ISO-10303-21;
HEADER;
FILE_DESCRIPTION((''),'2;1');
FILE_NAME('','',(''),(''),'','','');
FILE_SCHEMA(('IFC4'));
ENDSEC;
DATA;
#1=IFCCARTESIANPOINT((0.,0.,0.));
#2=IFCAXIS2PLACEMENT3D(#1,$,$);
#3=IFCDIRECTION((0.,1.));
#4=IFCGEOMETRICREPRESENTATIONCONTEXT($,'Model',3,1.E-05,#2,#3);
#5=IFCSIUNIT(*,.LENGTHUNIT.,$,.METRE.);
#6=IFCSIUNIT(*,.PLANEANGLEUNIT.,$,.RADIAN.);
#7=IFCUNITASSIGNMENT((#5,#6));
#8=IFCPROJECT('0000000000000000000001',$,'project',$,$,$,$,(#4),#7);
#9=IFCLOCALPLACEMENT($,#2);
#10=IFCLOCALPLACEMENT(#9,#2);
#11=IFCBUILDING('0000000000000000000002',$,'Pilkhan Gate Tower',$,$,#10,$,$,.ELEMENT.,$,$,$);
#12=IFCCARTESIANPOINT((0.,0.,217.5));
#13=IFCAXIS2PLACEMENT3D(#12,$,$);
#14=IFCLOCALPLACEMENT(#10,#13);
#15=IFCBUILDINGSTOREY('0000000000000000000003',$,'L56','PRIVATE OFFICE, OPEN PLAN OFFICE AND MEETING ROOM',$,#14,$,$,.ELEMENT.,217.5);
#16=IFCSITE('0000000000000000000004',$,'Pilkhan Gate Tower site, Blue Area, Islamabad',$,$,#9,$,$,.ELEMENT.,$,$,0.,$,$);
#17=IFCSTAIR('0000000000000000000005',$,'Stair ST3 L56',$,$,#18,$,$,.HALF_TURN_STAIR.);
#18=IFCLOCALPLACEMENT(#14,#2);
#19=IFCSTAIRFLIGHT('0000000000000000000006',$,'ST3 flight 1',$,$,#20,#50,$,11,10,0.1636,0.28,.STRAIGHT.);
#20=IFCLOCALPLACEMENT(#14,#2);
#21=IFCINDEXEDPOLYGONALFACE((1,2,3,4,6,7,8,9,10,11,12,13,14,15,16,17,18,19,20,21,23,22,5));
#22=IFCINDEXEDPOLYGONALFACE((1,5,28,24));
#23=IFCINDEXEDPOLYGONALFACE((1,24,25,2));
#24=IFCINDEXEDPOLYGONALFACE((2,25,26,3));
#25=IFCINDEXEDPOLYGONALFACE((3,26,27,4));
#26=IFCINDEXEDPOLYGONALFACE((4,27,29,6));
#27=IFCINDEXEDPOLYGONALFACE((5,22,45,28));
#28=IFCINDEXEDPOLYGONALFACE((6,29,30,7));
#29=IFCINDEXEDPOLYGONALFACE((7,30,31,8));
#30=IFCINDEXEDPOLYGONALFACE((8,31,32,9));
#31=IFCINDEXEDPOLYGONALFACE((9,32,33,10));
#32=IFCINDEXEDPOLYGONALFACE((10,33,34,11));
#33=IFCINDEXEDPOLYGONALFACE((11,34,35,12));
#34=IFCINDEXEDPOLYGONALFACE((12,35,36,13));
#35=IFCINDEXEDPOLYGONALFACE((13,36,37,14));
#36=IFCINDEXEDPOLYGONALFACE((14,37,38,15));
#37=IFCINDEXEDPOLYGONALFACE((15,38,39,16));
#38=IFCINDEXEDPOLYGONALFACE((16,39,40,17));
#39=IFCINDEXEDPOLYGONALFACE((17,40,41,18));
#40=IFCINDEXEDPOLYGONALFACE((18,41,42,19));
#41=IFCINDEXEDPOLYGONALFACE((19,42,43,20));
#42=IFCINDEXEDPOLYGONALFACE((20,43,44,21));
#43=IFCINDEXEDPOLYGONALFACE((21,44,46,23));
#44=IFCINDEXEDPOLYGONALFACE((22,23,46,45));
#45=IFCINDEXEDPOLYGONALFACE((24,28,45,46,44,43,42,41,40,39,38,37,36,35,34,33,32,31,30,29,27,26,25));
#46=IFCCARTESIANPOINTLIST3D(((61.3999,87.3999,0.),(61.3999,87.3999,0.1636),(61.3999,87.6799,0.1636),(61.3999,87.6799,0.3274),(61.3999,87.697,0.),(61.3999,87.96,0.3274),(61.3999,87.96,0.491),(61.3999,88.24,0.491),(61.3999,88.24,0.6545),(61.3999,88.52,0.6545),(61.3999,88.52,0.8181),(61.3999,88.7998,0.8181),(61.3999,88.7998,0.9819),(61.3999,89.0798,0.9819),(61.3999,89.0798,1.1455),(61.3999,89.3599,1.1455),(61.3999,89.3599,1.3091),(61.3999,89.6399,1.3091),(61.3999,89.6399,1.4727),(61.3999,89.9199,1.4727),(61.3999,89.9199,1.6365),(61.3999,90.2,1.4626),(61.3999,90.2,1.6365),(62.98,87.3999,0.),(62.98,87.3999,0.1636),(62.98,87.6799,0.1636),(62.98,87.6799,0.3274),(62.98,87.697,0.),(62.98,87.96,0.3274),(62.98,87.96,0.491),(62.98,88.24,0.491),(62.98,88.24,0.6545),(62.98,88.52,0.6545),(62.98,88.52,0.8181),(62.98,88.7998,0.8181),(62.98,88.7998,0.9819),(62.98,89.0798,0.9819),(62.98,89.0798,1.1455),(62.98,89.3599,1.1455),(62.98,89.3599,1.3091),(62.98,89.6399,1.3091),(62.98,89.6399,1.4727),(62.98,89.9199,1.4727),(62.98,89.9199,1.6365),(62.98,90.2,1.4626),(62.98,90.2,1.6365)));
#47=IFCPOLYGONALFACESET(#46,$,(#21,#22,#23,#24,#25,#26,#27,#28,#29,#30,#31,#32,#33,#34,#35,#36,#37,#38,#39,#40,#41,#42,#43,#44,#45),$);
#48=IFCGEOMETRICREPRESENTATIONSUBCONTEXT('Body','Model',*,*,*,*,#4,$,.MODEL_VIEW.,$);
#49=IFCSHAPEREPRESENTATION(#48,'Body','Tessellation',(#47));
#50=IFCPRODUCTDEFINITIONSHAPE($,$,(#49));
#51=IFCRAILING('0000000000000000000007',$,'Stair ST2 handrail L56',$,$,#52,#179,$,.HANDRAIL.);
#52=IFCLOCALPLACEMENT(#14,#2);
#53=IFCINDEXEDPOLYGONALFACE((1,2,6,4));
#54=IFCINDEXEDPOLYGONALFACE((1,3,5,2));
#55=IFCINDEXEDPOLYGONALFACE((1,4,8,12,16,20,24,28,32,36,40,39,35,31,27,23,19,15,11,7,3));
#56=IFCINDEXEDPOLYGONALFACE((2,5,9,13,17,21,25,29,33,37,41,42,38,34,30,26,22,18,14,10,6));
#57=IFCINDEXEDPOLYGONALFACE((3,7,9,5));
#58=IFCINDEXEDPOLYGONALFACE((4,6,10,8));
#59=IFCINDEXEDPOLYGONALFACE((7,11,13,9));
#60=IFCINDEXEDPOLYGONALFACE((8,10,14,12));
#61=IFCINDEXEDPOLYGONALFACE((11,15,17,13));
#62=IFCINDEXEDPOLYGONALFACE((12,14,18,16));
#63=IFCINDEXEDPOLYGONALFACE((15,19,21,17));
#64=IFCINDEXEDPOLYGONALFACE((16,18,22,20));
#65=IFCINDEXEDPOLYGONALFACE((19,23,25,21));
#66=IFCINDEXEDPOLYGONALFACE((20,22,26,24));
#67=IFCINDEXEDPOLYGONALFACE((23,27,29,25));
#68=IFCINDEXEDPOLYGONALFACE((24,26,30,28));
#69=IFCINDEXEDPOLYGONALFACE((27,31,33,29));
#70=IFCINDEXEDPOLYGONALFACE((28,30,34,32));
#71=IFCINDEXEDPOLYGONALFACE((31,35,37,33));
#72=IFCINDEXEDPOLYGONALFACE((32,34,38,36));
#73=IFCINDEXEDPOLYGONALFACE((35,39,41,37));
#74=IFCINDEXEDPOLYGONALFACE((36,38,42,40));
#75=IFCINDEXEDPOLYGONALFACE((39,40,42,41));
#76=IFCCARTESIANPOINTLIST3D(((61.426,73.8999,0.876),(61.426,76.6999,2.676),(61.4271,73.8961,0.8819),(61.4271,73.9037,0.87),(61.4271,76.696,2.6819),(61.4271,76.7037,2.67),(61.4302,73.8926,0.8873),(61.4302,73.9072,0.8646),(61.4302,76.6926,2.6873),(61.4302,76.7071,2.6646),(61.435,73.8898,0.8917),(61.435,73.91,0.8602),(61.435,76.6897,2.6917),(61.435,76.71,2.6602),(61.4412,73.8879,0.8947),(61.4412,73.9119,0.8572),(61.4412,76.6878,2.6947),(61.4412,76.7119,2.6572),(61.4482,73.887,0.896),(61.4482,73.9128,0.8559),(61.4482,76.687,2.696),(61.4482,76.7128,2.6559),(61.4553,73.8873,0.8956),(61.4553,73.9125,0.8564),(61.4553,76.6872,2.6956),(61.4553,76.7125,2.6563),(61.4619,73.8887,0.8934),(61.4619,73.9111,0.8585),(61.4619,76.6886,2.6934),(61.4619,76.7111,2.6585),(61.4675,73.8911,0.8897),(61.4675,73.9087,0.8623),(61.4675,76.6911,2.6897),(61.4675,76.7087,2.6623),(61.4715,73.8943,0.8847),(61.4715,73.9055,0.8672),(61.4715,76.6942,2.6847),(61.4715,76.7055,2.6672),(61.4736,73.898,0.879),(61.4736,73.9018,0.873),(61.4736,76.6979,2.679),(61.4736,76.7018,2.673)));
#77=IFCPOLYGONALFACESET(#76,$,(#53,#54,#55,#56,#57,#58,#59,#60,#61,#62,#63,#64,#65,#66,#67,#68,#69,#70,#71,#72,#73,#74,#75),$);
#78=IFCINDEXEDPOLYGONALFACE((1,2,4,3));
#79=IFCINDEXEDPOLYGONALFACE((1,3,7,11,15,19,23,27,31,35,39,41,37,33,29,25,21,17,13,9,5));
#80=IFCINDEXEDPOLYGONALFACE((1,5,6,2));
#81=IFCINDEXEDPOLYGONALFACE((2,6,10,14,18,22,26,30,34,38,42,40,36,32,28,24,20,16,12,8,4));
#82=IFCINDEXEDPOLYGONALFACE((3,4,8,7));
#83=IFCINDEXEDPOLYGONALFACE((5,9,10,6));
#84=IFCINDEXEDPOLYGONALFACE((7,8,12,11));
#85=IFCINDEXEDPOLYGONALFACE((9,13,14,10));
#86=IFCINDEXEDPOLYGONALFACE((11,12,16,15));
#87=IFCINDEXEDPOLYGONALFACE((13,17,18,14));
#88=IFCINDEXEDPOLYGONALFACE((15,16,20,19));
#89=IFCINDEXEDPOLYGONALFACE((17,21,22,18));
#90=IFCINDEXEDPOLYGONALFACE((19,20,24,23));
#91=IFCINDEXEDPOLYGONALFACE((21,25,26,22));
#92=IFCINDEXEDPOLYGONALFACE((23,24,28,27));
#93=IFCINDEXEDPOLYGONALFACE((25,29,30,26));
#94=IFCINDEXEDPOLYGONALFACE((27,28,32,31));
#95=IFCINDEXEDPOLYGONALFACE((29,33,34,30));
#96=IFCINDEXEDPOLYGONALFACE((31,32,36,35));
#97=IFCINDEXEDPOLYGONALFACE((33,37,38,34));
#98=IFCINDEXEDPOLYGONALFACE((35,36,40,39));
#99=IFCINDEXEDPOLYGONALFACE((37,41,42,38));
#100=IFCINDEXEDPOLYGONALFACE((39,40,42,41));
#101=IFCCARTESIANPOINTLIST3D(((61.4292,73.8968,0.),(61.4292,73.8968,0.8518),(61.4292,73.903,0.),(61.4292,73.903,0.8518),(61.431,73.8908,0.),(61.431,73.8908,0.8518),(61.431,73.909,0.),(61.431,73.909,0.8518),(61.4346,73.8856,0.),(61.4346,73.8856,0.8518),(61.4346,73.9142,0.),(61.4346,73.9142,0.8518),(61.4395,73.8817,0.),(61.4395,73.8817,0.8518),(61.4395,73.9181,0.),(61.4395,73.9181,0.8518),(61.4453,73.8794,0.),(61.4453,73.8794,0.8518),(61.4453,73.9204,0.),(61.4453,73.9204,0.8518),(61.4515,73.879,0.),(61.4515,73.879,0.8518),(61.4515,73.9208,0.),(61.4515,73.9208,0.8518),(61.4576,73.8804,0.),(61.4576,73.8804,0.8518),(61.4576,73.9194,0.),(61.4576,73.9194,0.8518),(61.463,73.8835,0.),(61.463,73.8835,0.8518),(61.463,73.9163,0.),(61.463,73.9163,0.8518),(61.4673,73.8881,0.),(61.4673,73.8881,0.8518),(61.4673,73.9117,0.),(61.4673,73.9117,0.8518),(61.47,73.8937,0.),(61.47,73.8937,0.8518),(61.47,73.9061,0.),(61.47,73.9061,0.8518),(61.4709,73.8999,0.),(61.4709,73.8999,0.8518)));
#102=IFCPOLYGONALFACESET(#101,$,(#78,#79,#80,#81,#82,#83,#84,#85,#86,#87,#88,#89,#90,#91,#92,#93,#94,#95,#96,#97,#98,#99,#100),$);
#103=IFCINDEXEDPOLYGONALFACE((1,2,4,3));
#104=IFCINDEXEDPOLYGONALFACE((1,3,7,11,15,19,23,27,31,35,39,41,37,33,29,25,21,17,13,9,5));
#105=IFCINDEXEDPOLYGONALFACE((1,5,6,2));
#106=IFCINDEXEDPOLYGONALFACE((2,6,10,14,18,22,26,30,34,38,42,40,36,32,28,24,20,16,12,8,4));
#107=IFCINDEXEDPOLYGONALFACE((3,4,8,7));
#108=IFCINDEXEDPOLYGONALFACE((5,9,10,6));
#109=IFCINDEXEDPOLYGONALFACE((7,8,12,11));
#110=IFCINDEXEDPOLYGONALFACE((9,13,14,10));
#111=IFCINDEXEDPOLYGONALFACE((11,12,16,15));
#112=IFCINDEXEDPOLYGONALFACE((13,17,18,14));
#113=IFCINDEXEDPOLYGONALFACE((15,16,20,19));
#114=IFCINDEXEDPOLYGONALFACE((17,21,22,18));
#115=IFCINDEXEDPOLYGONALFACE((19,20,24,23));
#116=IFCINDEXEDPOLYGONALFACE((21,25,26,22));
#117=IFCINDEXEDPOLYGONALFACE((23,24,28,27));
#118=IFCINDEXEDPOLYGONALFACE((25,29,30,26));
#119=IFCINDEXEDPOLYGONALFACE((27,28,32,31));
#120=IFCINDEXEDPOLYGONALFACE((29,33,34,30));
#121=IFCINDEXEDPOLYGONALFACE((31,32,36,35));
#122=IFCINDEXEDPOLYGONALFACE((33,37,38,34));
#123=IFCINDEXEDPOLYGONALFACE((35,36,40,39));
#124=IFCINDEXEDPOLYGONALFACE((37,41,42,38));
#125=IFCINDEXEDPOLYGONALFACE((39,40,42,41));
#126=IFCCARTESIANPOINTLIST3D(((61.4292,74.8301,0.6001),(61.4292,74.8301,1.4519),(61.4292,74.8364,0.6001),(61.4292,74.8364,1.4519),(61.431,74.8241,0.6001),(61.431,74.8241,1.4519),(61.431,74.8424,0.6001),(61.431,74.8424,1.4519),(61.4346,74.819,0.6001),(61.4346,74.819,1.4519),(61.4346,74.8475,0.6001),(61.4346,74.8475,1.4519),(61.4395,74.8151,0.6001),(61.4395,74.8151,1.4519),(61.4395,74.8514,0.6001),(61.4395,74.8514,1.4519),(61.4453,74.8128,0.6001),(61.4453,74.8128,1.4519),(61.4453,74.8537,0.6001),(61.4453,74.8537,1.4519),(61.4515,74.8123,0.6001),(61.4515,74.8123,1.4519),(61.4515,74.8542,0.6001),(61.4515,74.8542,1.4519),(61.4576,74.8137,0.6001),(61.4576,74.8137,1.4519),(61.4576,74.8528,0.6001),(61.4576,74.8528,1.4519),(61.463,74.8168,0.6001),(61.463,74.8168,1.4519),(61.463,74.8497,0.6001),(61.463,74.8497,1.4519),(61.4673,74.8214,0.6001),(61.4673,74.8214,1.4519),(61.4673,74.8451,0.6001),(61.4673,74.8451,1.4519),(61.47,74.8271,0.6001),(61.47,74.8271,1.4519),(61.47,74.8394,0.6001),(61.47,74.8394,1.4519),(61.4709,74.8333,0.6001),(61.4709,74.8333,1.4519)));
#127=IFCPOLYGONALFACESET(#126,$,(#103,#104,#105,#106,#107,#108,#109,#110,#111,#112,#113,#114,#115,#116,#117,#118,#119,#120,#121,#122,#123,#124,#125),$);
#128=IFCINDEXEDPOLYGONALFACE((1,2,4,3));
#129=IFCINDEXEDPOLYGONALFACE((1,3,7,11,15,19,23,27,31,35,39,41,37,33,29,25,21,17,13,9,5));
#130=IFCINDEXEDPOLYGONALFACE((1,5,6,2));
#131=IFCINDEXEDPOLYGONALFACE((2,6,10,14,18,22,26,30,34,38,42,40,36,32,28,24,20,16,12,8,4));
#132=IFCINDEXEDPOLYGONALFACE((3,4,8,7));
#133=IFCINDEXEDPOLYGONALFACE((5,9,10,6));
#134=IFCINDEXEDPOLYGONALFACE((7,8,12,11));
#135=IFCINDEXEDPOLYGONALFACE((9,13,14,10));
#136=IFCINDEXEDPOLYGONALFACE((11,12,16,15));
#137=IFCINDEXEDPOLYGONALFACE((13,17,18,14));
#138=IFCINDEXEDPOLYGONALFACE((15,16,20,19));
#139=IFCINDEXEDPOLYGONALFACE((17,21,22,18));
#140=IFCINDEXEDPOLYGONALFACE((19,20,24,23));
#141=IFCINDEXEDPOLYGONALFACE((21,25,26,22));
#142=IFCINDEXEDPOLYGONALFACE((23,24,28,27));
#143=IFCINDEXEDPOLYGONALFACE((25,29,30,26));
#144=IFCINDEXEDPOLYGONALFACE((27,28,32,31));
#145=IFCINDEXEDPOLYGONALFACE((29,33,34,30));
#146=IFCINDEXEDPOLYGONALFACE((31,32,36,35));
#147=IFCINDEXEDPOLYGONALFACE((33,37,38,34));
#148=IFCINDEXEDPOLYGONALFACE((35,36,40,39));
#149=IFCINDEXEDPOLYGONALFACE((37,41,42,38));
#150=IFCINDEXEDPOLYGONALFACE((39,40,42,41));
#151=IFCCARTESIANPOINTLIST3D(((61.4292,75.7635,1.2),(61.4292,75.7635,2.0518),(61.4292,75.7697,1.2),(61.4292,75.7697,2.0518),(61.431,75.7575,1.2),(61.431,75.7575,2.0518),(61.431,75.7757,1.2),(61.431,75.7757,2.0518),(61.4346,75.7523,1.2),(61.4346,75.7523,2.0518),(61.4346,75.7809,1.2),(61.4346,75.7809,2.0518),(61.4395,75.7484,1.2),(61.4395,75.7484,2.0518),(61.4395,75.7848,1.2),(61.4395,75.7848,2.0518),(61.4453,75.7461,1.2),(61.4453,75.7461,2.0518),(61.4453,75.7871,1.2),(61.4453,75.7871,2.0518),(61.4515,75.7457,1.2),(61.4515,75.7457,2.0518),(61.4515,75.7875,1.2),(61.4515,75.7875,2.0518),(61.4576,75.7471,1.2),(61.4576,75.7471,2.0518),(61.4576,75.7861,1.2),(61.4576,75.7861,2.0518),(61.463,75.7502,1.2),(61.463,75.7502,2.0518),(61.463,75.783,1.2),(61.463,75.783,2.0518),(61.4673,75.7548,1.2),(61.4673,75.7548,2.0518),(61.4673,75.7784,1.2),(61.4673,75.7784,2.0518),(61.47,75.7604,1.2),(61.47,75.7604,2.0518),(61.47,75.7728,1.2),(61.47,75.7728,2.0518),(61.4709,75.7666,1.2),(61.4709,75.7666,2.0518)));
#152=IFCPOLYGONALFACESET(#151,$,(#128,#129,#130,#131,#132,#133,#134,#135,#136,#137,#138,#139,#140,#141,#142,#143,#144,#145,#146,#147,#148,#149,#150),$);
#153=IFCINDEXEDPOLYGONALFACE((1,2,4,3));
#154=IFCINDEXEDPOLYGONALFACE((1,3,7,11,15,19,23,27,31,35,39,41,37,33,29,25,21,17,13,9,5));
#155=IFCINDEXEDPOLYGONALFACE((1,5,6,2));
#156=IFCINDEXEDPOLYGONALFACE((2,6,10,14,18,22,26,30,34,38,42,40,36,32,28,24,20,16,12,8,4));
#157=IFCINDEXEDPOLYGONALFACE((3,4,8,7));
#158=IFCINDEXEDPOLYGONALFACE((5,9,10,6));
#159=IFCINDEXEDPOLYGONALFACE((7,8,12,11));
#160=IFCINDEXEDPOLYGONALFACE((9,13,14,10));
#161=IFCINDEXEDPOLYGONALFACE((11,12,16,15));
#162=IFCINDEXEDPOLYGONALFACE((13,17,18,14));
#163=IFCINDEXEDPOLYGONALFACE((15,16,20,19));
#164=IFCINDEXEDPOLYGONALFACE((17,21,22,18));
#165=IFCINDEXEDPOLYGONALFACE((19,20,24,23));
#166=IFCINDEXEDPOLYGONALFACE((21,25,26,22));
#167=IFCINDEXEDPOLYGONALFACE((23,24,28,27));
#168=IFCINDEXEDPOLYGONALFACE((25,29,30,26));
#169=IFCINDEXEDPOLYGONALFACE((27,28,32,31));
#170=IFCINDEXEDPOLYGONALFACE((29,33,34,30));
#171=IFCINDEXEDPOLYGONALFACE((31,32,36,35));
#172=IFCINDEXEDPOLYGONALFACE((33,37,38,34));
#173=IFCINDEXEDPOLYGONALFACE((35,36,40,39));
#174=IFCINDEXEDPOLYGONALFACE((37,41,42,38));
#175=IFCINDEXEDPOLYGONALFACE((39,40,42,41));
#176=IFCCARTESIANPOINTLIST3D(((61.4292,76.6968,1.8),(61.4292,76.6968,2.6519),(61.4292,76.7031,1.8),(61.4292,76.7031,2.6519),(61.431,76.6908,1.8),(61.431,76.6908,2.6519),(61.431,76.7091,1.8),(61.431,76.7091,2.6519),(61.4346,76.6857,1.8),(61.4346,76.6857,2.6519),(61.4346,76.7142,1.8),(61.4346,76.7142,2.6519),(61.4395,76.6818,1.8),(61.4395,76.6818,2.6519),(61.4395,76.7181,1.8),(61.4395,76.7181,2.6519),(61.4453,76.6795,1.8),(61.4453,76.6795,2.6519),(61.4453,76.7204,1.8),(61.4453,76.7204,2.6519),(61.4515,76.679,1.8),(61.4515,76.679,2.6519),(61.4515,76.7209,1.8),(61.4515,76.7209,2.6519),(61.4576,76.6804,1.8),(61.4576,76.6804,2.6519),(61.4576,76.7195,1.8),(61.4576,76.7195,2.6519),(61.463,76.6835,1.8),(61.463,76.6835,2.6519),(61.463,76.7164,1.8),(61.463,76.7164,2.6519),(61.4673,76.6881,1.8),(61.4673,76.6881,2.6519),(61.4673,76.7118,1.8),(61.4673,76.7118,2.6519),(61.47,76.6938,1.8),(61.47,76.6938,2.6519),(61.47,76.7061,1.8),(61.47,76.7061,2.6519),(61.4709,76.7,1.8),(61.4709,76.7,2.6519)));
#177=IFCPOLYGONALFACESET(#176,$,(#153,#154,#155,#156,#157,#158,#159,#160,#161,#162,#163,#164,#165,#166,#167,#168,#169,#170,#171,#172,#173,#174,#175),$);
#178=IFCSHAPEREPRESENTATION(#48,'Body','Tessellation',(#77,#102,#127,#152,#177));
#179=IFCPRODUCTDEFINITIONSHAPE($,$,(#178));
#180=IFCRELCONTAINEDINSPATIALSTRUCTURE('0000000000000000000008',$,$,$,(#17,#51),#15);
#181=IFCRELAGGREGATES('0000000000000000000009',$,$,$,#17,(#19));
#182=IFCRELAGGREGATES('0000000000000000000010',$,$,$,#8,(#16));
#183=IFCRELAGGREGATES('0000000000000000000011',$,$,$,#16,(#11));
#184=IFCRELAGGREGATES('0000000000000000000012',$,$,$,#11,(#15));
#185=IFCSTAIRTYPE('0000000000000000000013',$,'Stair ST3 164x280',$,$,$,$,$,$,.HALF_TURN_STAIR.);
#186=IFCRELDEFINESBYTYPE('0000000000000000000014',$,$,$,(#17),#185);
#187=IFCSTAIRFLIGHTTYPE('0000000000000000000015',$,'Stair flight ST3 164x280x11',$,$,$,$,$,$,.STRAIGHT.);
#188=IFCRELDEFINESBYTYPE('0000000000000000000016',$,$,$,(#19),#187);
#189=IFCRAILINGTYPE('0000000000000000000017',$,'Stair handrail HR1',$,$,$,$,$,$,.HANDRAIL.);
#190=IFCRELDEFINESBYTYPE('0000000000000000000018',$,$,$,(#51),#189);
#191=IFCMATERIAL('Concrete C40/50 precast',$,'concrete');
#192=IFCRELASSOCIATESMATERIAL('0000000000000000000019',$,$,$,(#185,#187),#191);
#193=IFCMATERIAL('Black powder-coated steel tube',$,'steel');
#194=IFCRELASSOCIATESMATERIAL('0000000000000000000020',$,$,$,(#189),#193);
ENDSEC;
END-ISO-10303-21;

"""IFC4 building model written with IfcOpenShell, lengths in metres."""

from ifc_helpers import new_model, si_unit, direction, frame, origin, origin_2d, place, context, subcontext, project, spatial, polyline, circle, outline, extrude, material, type_object, element, aggregate, save


model = new_model("IFC4")

# Units and contexts
model_context = context("Model", 3, precision=1e-05, world=origin(), true_north=direction((0.0, 1.0)))
body_context = subcontext(model_context, "Body", "Model", "MODEL_VIEW")
ifc_project = project(units=[si_unit("LENGTHUNIT", "METRE"), si_unit("PLANEANGLEUNIT", "RADIAN")], contexts=[model_context])

# Site, building, storey
site_placement = place(None, origin())
site = spatial("IfcSite", under=ifc_project, at=site_placement, Name="Pilkhan Gate Tower site, Blue Area, Islamabad", CompositionType="ELEMENT", RefElevation=0.0)
building_placement = place(site_placement, origin())
building = spatial("IfcBuilding", under=site, at=building_placement, Name="Pilkhan Gate Tower", CompositionType="ELEMENT")
storey_placement = place(building_placement, frame((0.0, 0.0, 217.5)))
storey = spatial("IfcBuildingStorey", under=building, at=storey_placement, Name="L56", Description="PRIVATE OFFICE, OPEN PLAN OFFICE AND MEETING ROOM", CompositionType="ELEMENT", Elevation=217.5)

# Shared definitions
ifc_material_1 = material(Name="Concrete C40/50 precast", Category="concrete")

# Stair, stair flight
stair_type_1 = type_object("IfcStairType", Name="Stair ST3 164x280", PredefinedType="HALF_TURN_STAIR", material=ifc_material_1)
stair_1_placement = place(storey_placement, origin())
stair_1 = element("IfcStair", 1, at=stair_1_placement, inside=storey, type_object=stair_type_1, Name="Stair ST3 L56", PredefinedType="HALF_TURN_STAIR")
stair_flight_type_1 = type_object("IfcStairFlightType", Name="Stair flight ST3 164x280x11", PredefinedType="STRAIGHT", material=ifc_material_1)
stair_flight_1_placement = place(storey_placement, frame((62.1899, 87.3999, 0.0), z_axis=(0.0, 0.0, 1.0), x_axis=(0.0, 1.0, 0.0)))
stair_flight_1 = element("IfcStairFlight", 2, at=stair_flight_1_placement, type_object=stair_flight_type_1, Name="ST3 flight 1", NumberOfRisers=11, NumberOfTreads=10, PredefinedType="STRAIGHT", RiserHeight=0.1636, TreadLength=0.28, context=body_context, shape_type="SweptSolid", body=[
    extrude(outline(polyline([(0.0, 0.0), (0.0, 0.1636), (0.28, 0.1636), (0.28, 0.3274), (0.5601, 0.3274), (0.5601, 0.491), (0.8401, 0.491), (0.8401, 0.6545), (1.1201, 0.6545), (1.1201, 0.8181), (1.3999, 0.8181), (1.3999, 0.9819), (1.6799, 0.9819), (1.6799, 1.1455), (1.96, 1.1455), (1.96, 1.3091), (2.24, 1.3091), (2.24, 1.4727), (2.52, 1.4727), (2.52, 1.6365), (2.8, 1.6365), (2.8, 1.8), (2.8, 1.4626), (0.2971, 0.0), (0.0, 0.0)])), frame((0.0, 0.79, 0.0), z_axis=(0.0, -1.0, 0.0), x_axis=(1.0, 0.0, 0.0)), (0.0, 0.0, 1.0), 1.5801),
])
aggregate(stair_1, [stair_flight_1])

# Railing
ifc_material_2 = material(Name="Black powder-coated steel tube", Category="steel")
railing_type_1 = type_object("IfcRailingType", Name="Stair handrail HR1", PredefinedType="HANDRAIL", material=ifc_material_2)
railing_1_placement = place(storey_placement, frame((61.45, 73.8999, 0.0)))
element("IfcRailing", 3, at=railing_1_placement, inside=storey, type_object=railing_type_1, Name="Stair ST2 handrail L56", PredefinedType="HANDRAIL", context=body_context, shape_type="SweptSolid", body=[
    extrude(circle(Radius=0.0239, at=origin_2d()), frame((0.0, 0.0, 0.876), z_axis=(0.0, 0.841176, 0.540761), x_axis=(-1.0, 0.0, 0.0)), (0.0, 0.0, 1.0), 3.3286),
    extrude(circle(Radius=0.021, at=origin_2d()), origin(), (0.0, 0.0, 1.0), 0.8518),
    extrude(circle(Radius=0.021, at=origin_2d()), frame((0.0, 0.9333, 0.6001)), (0.0, 0.0, 1.0), 0.8518),
    extrude(circle(Radius=0.021, at=origin_2d()), frame((0.0, 1.8667, 1.2)), (0.0, 0.0, 1.0), 0.8518),
    extrude(circle(Radius=0.021, at=origin_2d()), frame((0.0, 2.8, 1.8)), (0.0, 0.0, 1.0), 0.8518),
])

save(model, "model.ifc")
